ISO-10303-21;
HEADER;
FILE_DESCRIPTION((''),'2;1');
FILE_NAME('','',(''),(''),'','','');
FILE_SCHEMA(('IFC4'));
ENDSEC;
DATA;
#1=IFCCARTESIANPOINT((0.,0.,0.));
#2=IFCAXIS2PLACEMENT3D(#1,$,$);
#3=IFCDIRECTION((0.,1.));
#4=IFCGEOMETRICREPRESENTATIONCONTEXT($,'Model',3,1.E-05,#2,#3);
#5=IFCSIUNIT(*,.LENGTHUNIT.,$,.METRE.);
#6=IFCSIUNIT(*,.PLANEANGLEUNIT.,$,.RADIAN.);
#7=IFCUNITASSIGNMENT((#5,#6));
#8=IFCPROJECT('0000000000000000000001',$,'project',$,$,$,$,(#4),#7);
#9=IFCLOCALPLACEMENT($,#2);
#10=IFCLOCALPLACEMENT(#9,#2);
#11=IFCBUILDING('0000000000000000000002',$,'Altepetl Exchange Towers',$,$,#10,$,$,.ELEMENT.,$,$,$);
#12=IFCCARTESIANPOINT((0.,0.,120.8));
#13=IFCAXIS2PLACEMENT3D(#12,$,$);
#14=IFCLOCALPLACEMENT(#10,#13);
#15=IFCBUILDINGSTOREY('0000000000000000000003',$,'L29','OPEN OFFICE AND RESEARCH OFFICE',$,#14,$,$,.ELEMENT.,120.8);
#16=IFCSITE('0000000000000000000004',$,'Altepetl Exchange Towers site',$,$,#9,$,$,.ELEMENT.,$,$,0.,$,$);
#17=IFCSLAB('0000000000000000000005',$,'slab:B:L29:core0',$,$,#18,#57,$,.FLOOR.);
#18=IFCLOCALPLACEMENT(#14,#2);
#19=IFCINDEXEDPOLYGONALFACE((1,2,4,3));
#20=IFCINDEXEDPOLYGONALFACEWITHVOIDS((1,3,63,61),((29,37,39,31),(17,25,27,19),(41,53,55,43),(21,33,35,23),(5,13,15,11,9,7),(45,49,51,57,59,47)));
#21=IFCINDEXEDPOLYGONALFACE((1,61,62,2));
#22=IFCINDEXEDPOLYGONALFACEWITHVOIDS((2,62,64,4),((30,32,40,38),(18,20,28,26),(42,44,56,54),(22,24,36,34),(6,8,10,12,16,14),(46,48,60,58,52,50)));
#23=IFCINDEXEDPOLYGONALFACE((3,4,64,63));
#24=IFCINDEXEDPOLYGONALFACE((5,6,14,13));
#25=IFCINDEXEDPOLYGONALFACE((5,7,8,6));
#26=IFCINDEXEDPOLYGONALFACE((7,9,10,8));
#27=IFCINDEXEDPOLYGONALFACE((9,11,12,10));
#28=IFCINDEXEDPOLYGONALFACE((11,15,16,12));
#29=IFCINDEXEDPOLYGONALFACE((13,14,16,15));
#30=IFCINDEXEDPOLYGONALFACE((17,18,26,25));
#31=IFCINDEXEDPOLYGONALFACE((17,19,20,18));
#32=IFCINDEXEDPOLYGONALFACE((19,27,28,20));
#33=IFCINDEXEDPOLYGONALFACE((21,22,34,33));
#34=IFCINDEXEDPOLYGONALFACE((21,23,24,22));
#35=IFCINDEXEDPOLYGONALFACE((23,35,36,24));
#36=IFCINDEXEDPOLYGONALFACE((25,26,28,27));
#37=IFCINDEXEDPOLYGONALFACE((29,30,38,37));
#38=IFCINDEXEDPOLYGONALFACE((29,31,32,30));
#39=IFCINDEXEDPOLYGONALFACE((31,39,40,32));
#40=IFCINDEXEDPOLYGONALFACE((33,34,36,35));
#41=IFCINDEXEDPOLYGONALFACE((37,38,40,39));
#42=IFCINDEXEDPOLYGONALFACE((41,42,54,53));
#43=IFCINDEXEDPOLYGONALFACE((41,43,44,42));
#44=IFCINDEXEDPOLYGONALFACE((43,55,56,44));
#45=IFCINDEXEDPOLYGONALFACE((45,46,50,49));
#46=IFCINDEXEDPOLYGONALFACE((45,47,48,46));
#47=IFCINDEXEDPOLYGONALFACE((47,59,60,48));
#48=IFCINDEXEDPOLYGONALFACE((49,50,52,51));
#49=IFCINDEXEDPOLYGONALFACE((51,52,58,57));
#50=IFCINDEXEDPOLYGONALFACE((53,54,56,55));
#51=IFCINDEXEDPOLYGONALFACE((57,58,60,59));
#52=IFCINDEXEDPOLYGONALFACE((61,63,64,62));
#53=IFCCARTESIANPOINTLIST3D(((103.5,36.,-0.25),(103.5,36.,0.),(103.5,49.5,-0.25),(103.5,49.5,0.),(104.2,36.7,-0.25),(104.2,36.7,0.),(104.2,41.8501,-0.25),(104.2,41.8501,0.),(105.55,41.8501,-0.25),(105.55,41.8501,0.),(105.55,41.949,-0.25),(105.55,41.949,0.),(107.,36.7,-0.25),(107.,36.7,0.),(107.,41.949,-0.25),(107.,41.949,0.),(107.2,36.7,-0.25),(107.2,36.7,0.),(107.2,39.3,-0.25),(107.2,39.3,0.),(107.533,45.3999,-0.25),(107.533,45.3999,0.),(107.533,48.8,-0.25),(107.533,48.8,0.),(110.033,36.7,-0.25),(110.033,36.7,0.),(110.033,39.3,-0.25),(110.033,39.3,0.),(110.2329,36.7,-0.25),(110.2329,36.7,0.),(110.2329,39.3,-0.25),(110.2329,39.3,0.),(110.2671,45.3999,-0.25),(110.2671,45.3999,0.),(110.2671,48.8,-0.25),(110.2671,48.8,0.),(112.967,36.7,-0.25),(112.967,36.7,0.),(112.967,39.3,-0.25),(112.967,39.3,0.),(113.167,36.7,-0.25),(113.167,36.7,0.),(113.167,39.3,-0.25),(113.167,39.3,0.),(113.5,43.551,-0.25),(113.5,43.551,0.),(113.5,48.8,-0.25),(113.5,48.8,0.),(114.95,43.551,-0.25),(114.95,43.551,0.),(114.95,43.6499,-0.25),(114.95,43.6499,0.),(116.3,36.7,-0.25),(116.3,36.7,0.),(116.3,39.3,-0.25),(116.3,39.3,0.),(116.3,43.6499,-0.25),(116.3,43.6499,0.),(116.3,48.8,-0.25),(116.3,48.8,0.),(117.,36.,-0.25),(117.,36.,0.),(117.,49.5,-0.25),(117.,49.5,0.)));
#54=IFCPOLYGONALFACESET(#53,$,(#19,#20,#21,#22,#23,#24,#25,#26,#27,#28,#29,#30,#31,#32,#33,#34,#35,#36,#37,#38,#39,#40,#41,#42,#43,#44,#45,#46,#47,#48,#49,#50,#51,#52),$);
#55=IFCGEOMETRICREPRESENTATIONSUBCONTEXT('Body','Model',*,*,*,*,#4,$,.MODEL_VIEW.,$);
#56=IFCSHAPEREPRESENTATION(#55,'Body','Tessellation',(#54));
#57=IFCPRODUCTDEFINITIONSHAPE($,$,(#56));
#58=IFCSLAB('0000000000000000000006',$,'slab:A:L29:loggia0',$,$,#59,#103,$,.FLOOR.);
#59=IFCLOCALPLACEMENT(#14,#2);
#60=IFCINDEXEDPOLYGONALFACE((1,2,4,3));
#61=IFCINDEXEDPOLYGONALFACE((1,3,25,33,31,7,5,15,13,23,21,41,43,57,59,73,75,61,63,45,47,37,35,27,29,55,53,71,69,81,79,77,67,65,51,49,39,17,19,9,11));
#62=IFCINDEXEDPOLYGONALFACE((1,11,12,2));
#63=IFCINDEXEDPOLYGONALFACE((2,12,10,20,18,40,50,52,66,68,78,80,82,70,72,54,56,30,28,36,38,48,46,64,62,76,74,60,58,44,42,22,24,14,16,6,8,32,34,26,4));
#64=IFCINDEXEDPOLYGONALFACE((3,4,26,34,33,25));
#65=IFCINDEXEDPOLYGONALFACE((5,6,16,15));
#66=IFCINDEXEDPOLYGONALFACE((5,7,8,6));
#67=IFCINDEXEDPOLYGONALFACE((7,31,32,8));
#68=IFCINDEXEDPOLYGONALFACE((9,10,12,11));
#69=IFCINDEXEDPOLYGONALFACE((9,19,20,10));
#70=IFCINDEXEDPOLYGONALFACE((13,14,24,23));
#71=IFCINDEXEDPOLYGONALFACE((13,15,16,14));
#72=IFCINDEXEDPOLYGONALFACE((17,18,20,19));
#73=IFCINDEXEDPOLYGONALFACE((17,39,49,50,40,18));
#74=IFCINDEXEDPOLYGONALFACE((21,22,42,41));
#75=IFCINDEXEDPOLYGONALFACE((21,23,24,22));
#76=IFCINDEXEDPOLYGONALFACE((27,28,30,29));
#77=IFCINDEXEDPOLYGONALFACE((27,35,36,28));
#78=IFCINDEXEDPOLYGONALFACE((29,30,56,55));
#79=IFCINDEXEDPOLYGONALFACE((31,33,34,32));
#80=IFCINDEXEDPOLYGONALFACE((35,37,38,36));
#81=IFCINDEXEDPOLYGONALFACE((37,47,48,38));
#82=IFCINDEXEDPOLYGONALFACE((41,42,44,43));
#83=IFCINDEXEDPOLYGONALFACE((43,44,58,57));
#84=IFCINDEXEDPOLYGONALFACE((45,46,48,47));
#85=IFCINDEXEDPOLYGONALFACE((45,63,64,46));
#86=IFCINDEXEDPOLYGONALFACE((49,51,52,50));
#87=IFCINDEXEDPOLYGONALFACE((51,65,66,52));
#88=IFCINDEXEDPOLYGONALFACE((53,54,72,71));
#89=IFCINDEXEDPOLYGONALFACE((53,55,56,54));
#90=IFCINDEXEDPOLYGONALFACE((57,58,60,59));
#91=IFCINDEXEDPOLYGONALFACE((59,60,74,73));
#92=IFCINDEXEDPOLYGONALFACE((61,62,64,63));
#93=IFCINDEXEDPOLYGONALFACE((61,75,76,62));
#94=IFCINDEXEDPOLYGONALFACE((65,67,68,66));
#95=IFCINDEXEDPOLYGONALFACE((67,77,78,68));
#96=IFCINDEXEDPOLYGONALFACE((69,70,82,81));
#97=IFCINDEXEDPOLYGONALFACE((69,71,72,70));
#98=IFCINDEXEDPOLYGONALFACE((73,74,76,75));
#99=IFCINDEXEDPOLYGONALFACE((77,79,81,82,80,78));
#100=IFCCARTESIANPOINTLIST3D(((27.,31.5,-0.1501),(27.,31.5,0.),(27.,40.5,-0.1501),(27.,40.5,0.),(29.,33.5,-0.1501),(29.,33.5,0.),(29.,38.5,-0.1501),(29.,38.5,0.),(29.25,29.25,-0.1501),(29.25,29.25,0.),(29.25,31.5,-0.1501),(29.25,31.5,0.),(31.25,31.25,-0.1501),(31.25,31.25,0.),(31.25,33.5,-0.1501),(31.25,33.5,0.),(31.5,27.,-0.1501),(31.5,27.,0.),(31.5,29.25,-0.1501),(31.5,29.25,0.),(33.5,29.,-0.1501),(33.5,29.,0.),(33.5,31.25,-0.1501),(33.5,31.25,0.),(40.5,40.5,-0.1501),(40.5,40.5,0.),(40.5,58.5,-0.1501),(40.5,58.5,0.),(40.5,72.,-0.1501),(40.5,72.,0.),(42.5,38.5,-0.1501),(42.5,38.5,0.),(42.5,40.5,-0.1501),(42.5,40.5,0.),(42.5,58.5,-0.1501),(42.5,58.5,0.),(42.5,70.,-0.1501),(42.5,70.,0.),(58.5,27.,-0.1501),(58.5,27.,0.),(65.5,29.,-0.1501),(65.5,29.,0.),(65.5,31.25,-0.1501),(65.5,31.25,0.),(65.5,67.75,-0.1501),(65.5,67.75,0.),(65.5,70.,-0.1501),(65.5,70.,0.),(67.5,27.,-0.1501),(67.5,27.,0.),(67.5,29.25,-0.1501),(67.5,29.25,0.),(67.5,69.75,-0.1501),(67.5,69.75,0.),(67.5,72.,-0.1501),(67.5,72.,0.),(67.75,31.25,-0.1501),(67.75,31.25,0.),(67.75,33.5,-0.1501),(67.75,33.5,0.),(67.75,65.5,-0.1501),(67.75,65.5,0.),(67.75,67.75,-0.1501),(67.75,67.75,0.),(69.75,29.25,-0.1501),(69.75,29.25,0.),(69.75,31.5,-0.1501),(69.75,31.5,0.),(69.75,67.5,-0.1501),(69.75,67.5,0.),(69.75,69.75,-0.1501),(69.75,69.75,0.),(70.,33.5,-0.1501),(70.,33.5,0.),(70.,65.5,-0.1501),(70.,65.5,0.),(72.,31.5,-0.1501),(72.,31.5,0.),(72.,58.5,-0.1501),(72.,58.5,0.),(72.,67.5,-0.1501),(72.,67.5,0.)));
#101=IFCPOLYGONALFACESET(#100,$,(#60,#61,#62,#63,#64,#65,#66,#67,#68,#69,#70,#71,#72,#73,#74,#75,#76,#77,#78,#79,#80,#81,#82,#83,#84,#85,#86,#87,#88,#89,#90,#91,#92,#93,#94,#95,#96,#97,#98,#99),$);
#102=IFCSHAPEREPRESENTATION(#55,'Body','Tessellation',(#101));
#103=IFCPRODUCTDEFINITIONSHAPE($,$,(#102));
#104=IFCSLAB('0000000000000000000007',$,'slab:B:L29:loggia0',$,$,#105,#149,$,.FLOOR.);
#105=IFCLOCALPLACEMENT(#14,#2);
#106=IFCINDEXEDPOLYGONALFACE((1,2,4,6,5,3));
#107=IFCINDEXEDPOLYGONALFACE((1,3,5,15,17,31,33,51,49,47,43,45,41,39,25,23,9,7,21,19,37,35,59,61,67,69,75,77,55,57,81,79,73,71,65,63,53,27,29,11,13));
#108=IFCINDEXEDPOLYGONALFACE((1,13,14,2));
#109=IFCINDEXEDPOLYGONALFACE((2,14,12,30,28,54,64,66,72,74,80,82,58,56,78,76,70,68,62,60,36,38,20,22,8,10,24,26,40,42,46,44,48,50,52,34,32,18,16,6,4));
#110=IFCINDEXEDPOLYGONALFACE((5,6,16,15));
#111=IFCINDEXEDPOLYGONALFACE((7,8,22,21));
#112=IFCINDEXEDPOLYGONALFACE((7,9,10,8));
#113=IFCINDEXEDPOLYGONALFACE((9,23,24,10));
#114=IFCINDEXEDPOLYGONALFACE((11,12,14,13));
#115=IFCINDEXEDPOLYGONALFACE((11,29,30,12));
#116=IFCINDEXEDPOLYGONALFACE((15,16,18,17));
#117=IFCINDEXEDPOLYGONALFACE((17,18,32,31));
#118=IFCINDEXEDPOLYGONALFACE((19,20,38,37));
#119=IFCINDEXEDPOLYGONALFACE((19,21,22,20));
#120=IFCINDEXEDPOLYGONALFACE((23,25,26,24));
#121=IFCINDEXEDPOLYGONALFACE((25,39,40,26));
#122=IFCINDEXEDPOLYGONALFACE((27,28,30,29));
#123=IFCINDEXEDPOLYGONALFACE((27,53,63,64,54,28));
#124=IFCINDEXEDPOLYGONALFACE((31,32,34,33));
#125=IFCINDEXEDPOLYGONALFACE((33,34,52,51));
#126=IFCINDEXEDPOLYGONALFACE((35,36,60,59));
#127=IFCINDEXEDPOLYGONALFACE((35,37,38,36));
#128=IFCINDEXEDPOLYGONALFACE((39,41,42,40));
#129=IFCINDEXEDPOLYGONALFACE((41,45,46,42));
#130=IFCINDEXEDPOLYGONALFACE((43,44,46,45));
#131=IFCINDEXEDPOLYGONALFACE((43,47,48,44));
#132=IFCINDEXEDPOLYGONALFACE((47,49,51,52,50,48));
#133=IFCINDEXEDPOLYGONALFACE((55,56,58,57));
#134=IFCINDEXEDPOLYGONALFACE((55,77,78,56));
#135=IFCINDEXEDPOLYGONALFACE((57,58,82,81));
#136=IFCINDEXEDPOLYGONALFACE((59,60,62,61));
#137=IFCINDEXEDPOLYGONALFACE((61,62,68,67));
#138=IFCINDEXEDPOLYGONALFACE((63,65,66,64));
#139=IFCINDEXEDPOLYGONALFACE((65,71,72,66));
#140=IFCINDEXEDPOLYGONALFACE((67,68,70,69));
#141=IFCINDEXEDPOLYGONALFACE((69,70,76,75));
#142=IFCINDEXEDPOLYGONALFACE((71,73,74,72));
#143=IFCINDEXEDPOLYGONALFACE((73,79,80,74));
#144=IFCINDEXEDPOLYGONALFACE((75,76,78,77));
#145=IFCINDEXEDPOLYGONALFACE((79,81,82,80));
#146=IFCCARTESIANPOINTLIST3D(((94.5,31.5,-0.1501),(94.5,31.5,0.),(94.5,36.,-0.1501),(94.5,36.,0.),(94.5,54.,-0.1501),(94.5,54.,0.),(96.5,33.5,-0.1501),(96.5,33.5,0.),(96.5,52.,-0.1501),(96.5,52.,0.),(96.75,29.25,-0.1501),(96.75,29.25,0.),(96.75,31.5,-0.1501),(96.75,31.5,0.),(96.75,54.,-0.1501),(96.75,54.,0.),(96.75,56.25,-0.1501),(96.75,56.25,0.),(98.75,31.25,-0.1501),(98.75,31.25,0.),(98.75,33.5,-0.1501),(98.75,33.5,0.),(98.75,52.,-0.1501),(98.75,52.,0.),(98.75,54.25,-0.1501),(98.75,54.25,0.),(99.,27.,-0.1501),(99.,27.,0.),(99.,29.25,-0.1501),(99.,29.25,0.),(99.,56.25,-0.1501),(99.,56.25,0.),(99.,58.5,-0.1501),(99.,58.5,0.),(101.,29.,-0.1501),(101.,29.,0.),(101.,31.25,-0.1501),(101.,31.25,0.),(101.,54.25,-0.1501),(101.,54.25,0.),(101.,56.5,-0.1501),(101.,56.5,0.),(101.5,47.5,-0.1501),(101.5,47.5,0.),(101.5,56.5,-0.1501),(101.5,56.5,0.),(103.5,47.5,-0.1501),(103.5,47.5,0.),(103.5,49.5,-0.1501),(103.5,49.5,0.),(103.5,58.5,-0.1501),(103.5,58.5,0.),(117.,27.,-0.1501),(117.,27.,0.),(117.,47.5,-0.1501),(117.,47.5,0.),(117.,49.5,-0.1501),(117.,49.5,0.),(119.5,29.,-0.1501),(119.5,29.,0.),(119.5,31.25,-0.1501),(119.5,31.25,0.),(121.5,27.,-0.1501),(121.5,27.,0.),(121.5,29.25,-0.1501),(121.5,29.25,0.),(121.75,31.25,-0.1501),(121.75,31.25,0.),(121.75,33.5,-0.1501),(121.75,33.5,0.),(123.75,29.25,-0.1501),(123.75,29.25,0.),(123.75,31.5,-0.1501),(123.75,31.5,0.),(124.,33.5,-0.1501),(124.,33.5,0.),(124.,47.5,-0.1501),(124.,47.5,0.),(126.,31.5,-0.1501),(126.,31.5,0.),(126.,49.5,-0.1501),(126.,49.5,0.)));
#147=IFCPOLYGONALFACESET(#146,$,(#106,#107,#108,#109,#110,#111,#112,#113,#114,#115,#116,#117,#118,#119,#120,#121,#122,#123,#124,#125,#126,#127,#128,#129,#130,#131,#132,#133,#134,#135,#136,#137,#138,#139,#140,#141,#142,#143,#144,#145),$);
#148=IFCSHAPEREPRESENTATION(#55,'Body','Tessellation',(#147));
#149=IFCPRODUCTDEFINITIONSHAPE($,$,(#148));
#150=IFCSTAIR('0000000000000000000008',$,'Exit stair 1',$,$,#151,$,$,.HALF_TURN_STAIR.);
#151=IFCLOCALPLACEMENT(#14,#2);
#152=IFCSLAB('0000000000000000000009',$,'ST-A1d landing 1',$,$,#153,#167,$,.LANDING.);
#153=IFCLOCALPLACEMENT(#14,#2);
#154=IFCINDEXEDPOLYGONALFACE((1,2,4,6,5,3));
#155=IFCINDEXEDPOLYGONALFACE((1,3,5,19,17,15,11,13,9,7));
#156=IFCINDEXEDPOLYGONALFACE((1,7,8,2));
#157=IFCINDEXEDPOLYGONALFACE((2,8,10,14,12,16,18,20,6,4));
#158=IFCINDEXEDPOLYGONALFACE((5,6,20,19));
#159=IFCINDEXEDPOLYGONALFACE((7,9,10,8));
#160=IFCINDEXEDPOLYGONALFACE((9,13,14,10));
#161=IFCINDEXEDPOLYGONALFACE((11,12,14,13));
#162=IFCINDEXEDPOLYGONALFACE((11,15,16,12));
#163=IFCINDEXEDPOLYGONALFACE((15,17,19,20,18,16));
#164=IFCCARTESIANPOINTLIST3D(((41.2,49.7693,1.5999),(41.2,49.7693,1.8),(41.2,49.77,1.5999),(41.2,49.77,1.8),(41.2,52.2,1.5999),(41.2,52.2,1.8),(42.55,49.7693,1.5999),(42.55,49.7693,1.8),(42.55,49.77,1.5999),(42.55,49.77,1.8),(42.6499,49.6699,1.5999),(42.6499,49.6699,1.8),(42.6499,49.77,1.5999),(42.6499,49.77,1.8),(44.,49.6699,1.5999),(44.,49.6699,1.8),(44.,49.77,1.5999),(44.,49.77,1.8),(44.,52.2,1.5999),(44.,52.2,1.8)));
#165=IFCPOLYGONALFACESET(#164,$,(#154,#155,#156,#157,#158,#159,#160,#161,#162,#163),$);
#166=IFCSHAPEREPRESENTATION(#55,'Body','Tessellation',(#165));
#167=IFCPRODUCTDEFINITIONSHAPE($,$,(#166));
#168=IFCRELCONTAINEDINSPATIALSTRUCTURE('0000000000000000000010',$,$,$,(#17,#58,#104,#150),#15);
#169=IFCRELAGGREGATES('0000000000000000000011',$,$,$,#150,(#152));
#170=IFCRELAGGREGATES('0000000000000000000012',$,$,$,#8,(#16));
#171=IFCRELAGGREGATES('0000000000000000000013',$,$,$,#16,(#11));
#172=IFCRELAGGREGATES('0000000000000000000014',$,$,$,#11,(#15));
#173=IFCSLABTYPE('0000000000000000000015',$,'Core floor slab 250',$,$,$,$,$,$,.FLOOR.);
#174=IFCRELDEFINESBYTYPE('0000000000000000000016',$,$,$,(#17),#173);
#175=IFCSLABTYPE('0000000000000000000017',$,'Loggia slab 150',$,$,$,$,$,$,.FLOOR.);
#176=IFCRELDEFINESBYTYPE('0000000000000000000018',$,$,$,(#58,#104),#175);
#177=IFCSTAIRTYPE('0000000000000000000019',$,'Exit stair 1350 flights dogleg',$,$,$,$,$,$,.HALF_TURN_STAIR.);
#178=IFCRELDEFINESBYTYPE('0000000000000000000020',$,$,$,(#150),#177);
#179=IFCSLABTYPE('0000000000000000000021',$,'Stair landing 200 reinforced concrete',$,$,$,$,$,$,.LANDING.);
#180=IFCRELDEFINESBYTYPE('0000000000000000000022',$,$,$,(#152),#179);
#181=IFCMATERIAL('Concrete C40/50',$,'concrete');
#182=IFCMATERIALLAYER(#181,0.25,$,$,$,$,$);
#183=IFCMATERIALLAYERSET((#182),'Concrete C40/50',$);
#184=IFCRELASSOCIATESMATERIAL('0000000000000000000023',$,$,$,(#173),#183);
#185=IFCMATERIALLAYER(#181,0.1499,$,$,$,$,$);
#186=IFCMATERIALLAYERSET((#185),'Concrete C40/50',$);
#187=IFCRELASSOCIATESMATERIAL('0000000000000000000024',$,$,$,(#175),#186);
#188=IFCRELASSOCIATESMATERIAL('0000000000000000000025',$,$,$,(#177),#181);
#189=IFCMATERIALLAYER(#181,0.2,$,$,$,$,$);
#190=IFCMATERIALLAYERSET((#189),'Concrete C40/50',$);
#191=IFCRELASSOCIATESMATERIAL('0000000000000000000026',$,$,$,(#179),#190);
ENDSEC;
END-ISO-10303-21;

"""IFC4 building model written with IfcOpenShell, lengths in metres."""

from ifc_helpers import new_model, si_unit, direction, frame, origin, place, context, subcontext, project, spatial, polyline, outline, extrude, material, layer, layer_set, type_object, element, aggregate, save


model = new_model("IFC4")

# Units and contexts
model_context = context("Model", 3, precision=1e-05, world=origin(), true_north=direction((0.0, 1.0)))
body_context = subcontext(model_context, "Body", "Model", "MODEL_VIEW")
ifc_project = project(units=[si_unit("LENGTHUNIT", "METRE"), si_unit("PLANEANGLEUNIT", "RADIAN")], contexts=[model_context])

# Site, building, storey
site_placement = place(None, origin())
site = spatial("IfcSite", under=ifc_project, at=site_placement, Name="Altepetl Exchange Towers site", CompositionType="ELEMENT", RefElevation=0.0)
building_placement = place(site_placement, origin())
building = spatial("IfcBuilding", under=site, at=building_placement, Name="Altepetl Exchange Towers", CompositionType="ELEMENT")
storey_placement = place(building_placement, frame((0.0, 0.0, 120.8)))
storey = spatial("IfcBuildingStorey", under=building, at=storey_placement, Name="L29", Description="OPEN OFFICE AND RESEARCH OFFICE", CompositionType="ELEMENT", Elevation=120.8)

# Slabs
ifc_material_1 = material(Name="Concrete C40/50", Category="concrete")
ifc_layer_1 = layer(ifc_material_1, 0.25)
ifc_layer_set_1 = layer_set([ifc_layer_1], Name="Concrete C40/50")
slab_type_1 = type_object("IfcSlabType", Name="Core floor slab 250", PredefinedType="FLOOR", material=ifc_layer_set_1)
slab_1_placement = place(storey_placement, frame((0.0, 0.0, -0.25)))
element("IfcSlab", 1, at=slab_1_placement, inside=storey, type_object=slab_type_1, Name="slab:B:L29:core0", PredefinedType="FLOOR", context=body_context, shape_type="SweptSolid", body=[
    extrude(outline(polyline([(103.5, 36.0), (117.0, 36.0), (117.0, 49.5), (103.5, 49.5), (103.5, 36.0)]), holes=[polyline([(107.2, 36.7), (107.2, 39.3), (110.033, 39.3), (110.033, 36.7), (107.2, 36.7)]), polyline([(110.2329, 39.3), (112.967, 39.3), (112.967, 36.7), (110.2329, 36.7), (110.2329, 39.3)]), polyline([(113.167, 39.3), (116.3, 39.3), (116.3, 36.7), (113.167, 36.7), (113.167, 39.3)]), polyline([(107.0, 36.7), (104.2, 36.7), (104.2, 41.8501), (105.55, 41.8501), (105.55, 41.949), (107.0, 41.949), (107.0, 36.7)]), polyline([(116.3, 48.8), (116.3, 43.6499), (114.95, 43.6499), (114.95, 43.551), (113.5, 43.551), (113.5, 48.8), (116.3, 48.8)]), polyline([(107.533, 48.8), (110.2671, 48.8), (110.2671, 45.3999), (107.533, 45.3999), (107.533, 48.8)])]), origin(), (0.0, 0.0, 1.0), 0.25),
])
ifc_layer_2 = layer(ifc_material_1, 0.1499)
ifc_layer_set_2 = layer_set([ifc_layer_2], Name="Concrete C40/50")
slab_type_2 = type_object("IfcSlabType", Name="Loggia slab 150", PredefinedType="FLOOR", material=ifc_layer_set_2)
slab_2_placement = place(storey_placement, frame((0.0, 0.0, -0.1501)))
element("IfcSlab", 2, at=slab_2_placement, inside=storey, type_object=slab_type_2, Name="slab:A:L29:loggia0", PredefinedType="FLOOR", context=body_context, shape_type="SweptSolid", body=[
    extrude(outline(polyline([(40.5, 72.0), (40.5, 58.5), (42.5, 58.5), (42.5, 70.0), (65.5, 70.0), (65.5, 67.75), (67.75, 67.75), (67.75, 65.5), (70.0, 65.5), (70.0, 33.5), (67.75, 33.5), (67.75, 31.25), (65.5, 31.25), (65.5, 29.0), (33.5, 29.0), (33.5, 31.25), (31.25, 31.25), (31.25, 33.5), (29.0, 33.5), (29.0, 38.5), (42.5, 38.5), (42.5, 40.5), (40.5, 40.5), (27.0, 40.5), (27.0, 31.5), (29.25, 31.5), (29.25, 29.25), (31.5, 29.25), (31.5, 27.0), (58.5, 27.0), (67.5, 27.0), (67.5, 29.25), (69.75, 29.25), (69.75, 31.5), (72.0, 31.5), (72.0, 58.5), (72.0, 67.5), (69.75, 67.5), (69.75, 69.75), (67.5, 69.75), (67.5, 72.0), (40.5, 72.0)])), origin(), (0.0, 0.0, 1.0), 0.1501),
])
slab_3_placement = place(storey_placement, frame((0.0, 0.0, -0.1501)))
element("IfcSlab", 3, at=slab_3_placement, inside=storey, type_object=slab_type_2, Name="slab:B:L29:loggia0", PredefinedType="FLOOR", context=body_context, shape_type="SweptSolid", body=[
    extrude(outline(polyline([(96.75, 54.0), (94.5, 54.0), (94.5, 36.0), (94.5, 31.5), (96.75, 31.5), (96.75, 29.25), (99.0, 29.25), (99.0, 27.0), (117.0, 27.0), (121.5, 27.0), (121.5, 29.25), (123.75, 29.25), (123.75, 31.5), (126.0, 31.5), (126.0, 49.5), (117.0, 49.5), (117.0, 47.5), (124.0, 47.5), (124.0, 33.5), (121.75, 33.5), (121.75, 31.25), (119.5, 31.25), (119.5, 29.0), (101.0, 29.0), (101.0, 31.25), (98.75, 31.25), (98.75, 33.5), (96.5, 33.5), (96.5, 52.0), (98.75, 52.0), (98.75, 54.25), (101.0, 54.25), (101.0, 56.5), (101.5, 56.5), (101.5, 47.5), (103.5, 47.5), (103.5, 49.5), (103.5, 58.5), (99.0, 58.5), (99.0, 56.25), (96.75, 56.25), (96.75, 54.0)])), origin(), (0.0, 0.0, 1.0), 0.1501),
])

# Stair, slab
stair_type = type_object("IfcStairType", Name="Exit stair 1350 flights dogleg", PredefinedType="HALF_TURN_STAIR", material=ifc_material_1)
stair_1_placement = place(storey_placement, origin())
stair_1 = element("IfcStair", 4, at=stair_1_placement, inside=storey, type_object=stair_type, Name="Exit stair 1", PredefinedType="HALF_TURN_STAIR")
ifc_layer_3 = layer(ifc_material_1, 0.2)
ifc_layer_set_3 = layer_set([ifc_layer_3], Name="Concrete C40/50")
slab_type_3 = type_object("IfcSlabType", Name="Stair landing 200 reinforced concrete", PredefinedType="LANDING", material=ifc_layer_set_3)
slab_4_placement = place(storey_placement, frame((0.0, 0.0, 1.5999)))
slab_4 = element("IfcSlab", 5, at=slab_4_placement, type_object=slab_type_3, Name="ST-A1d landing 1", PredefinedType="LANDING", context=body_context, shape_type="SweptSolid", body=[
    extrude(outline(polyline([(44.0, 49.6699), (42.6499, 49.6699), (42.6499, 49.77), (42.55, 49.77), (42.55, 49.7693), (41.2, 49.7693), (41.2, 49.77), (41.2, 52.2), (44.0, 52.2), (44.0, 49.77), (44.0, 49.6699)])), origin(), (0.0, 0.0, 1.0), 0.2002),
])
aggregate(stair_1, [slab_4])

save(model, "model.ifc")
